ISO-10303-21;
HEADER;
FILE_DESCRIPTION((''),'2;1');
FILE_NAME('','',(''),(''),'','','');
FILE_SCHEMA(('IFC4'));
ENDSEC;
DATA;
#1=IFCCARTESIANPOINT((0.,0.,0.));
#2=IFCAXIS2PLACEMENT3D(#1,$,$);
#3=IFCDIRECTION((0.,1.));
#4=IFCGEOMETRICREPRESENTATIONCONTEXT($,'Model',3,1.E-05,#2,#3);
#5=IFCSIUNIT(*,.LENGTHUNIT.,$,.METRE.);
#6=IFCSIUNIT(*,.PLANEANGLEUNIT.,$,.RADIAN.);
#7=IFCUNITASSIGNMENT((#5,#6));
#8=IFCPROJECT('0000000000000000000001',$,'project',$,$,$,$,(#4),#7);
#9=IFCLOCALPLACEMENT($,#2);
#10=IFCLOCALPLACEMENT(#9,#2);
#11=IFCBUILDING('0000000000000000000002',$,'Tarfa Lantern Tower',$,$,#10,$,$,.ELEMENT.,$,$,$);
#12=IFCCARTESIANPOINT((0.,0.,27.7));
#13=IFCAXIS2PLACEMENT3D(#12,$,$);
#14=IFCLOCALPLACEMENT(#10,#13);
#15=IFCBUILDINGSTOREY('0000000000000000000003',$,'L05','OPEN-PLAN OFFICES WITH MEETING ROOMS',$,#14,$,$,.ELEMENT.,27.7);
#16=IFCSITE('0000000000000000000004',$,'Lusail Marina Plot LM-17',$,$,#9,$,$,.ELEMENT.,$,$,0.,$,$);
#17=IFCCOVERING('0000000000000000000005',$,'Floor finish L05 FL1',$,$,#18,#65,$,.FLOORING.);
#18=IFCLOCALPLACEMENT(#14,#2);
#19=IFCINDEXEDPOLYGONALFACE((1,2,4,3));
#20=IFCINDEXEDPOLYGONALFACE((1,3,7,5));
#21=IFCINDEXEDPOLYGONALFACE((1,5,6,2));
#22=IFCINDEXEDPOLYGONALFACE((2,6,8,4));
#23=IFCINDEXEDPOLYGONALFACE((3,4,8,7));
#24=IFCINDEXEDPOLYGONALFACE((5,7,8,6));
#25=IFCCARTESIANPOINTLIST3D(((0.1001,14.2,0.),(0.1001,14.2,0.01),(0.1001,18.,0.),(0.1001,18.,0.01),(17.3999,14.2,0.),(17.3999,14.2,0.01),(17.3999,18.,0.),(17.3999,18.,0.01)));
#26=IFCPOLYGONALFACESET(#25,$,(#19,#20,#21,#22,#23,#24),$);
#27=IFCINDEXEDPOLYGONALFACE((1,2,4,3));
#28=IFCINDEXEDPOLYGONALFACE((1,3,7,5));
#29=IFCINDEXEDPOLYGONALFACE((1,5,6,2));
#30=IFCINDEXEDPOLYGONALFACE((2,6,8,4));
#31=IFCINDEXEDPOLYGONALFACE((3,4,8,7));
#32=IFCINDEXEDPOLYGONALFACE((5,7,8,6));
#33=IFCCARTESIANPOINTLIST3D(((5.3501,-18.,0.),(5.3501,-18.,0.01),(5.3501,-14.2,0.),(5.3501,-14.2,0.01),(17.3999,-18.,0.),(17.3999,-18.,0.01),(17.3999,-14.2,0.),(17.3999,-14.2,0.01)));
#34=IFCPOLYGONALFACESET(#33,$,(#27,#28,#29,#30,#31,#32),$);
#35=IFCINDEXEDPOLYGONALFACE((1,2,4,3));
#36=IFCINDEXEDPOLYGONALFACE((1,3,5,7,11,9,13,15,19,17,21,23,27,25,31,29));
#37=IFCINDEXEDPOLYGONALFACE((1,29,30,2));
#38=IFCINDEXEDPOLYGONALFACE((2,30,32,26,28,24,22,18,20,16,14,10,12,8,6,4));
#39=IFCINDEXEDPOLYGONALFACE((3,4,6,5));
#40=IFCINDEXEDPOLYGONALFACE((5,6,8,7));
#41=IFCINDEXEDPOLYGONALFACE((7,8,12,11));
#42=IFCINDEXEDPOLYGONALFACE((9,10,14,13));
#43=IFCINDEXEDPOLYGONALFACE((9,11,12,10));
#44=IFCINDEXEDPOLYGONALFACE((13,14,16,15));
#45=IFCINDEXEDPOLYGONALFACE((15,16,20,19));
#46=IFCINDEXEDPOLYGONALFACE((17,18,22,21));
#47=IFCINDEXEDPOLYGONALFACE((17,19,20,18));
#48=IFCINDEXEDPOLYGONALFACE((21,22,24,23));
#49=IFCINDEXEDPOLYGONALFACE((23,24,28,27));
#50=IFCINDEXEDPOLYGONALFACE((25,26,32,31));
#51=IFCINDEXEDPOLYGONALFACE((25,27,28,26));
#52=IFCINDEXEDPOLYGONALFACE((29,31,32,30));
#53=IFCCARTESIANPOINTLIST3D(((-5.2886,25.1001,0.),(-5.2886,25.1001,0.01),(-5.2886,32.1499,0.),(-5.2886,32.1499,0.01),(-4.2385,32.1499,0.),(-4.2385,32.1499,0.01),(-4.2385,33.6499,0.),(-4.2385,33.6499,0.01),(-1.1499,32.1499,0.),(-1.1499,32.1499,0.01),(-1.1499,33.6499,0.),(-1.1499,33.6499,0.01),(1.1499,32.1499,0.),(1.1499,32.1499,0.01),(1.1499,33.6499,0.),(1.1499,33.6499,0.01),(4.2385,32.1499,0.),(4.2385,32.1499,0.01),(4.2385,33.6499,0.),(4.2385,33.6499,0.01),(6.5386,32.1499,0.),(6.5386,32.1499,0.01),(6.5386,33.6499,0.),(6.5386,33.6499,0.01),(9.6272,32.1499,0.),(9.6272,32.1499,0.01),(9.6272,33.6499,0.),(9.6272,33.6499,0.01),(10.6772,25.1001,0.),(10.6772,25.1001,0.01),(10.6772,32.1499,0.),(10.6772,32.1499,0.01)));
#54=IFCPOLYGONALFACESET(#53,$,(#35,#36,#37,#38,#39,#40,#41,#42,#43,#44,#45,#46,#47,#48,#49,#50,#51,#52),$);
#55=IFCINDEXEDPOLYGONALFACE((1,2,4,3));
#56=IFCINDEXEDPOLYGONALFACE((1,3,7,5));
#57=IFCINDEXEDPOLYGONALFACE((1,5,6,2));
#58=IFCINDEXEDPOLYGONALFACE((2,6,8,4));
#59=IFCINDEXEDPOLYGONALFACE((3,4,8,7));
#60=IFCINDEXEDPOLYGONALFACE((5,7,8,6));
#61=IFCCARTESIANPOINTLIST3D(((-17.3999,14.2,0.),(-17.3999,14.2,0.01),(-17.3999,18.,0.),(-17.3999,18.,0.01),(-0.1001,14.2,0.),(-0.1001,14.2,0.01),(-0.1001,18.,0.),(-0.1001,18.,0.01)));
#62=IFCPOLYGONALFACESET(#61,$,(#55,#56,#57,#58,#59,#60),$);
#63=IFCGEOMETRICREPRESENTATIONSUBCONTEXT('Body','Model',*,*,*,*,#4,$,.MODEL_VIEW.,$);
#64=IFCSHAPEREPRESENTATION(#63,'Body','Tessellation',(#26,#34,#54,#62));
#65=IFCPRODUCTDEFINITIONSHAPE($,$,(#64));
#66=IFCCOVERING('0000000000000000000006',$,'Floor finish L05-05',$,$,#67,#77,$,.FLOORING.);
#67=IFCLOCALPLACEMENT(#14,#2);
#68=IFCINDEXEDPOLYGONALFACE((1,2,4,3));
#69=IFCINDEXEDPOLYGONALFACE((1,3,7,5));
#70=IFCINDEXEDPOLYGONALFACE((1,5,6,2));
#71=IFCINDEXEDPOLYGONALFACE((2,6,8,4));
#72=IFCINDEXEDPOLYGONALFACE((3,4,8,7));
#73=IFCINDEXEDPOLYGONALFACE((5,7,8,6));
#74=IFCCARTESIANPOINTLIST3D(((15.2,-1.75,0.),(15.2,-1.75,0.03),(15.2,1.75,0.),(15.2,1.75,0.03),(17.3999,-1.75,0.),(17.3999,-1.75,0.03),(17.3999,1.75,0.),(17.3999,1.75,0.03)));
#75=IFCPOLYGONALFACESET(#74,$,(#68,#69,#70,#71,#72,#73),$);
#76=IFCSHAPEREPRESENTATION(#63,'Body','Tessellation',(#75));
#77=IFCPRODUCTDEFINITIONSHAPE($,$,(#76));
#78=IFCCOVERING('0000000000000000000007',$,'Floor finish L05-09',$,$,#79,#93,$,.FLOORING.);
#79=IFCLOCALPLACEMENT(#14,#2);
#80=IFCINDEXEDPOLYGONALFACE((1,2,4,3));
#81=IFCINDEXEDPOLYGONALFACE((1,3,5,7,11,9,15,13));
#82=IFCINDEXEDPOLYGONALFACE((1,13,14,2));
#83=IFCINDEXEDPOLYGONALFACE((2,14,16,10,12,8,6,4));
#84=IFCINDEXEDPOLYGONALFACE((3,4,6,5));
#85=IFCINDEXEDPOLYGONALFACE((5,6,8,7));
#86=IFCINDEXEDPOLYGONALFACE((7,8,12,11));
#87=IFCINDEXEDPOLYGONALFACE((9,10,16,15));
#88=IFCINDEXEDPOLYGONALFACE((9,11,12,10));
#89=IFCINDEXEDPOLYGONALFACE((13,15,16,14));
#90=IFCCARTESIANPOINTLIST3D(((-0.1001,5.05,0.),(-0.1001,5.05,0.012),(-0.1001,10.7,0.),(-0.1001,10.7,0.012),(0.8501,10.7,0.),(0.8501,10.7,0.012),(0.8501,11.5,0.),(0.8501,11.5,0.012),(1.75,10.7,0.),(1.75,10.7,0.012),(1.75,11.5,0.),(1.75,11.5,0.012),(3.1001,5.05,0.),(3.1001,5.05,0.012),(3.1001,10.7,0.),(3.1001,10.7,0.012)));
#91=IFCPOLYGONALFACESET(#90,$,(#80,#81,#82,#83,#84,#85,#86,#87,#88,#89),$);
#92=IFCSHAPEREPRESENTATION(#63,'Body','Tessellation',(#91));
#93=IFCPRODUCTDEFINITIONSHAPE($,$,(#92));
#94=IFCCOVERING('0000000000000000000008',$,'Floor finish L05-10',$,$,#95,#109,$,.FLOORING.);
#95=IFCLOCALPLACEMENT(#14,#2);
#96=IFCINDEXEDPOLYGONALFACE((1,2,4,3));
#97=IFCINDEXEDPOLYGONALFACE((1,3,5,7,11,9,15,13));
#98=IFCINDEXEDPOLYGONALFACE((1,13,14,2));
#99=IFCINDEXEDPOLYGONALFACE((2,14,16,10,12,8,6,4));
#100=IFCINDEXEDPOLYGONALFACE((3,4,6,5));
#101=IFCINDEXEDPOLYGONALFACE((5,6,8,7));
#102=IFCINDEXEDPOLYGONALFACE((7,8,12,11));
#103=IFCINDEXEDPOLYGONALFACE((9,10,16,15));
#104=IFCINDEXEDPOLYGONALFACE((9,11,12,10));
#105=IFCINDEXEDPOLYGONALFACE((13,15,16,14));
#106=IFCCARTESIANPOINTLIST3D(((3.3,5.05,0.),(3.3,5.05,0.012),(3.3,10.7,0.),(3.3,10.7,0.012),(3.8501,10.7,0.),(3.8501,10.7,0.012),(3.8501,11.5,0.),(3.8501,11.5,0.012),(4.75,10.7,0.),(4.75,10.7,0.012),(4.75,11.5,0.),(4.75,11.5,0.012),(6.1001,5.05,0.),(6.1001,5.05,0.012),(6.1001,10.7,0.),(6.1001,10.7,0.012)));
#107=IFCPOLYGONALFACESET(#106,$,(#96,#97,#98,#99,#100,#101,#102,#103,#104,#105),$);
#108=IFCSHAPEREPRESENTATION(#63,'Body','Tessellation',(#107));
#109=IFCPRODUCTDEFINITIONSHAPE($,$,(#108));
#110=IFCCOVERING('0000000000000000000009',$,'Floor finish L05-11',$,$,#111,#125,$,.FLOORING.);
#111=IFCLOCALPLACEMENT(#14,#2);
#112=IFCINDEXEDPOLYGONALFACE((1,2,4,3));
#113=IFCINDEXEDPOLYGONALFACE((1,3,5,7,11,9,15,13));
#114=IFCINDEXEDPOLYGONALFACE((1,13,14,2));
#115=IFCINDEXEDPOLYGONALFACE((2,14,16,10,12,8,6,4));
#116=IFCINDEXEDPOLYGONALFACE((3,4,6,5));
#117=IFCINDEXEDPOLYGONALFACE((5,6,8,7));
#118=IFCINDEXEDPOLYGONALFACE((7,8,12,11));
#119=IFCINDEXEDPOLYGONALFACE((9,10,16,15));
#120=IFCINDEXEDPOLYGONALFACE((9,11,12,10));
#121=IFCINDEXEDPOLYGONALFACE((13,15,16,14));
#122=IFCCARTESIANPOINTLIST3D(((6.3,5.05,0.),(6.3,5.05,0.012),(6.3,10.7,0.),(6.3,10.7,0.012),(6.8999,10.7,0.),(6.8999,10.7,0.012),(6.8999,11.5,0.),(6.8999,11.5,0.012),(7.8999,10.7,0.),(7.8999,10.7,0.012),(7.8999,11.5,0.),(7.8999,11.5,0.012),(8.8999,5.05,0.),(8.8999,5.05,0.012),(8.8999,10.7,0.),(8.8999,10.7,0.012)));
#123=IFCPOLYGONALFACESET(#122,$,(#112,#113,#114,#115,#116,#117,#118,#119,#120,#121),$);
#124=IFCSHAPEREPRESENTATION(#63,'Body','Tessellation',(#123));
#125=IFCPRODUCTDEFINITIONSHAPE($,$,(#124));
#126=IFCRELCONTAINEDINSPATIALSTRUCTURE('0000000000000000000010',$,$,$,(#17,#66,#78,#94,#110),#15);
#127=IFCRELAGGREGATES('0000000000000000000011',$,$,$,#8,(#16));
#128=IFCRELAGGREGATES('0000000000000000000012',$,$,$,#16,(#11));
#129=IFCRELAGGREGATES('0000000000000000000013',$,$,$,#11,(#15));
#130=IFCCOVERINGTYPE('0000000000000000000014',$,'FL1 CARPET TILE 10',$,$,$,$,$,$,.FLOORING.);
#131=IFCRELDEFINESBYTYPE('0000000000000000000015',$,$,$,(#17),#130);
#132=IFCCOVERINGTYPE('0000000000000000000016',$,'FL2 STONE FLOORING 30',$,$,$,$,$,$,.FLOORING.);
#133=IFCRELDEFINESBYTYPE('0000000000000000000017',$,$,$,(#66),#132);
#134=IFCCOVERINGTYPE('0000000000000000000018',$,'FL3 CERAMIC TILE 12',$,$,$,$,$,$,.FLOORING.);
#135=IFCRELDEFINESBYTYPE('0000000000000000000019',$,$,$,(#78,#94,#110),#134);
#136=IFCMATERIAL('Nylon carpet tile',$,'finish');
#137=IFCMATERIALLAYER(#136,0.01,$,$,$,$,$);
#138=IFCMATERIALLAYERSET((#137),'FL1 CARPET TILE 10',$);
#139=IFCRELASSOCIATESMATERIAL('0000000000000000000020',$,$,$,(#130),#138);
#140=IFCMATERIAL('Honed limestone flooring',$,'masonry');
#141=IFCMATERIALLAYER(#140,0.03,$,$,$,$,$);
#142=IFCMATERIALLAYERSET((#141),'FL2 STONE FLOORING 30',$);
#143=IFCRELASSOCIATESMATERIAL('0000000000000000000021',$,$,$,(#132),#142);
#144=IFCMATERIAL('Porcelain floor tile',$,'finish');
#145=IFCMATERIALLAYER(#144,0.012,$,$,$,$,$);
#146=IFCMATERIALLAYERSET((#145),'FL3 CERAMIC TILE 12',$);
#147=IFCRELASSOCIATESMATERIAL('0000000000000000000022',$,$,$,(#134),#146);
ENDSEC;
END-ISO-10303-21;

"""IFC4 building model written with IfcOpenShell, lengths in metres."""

from ifc_helpers import new_model, si_unit, direction, frame, origin, place, context, subcontext, project, spatial, polyline, outline, extrude, material, layer, layer_set, type_object, element, save


model = new_model("IFC4")

# Units and contexts
model_context = context("Model", 3, precision=1e-05, world=origin(), true_north=direction((0.0, 1.0)))
body_context = subcontext(model_context, "Body", "Model", "MODEL_VIEW")
ifc_project = project(units=[si_unit("LENGTHUNIT", "METRE"), si_unit("PLANEANGLEUNIT", "RADIAN")], contexts=[model_context])

# Site, building, storey
site_placement = place(None, origin())
site = spatial("IfcSite", under=ifc_project, at=site_placement, Name="Lusail Marina Plot LM-17", CompositionType="ELEMENT", RefElevation=0.0)
building_placement = place(site_placement, origin())
building = spatial("IfcBuilding", under=site, at=building_placement, Name="Tarfa Lantern Tower", CompositionType="ELEMENT")
storey_placement = place(building_placement, frame((0.0, 0.0, 27.7)))
storey = spatial("IfcBuildingStorey", under=building, at=storey_placement, Name="L05", Description="OPEN-PLAN OFFICES WITH MEETING ROOMS", CompositionType="ELEMENT", Elevation=27.7)

# Coverings
ifc_material_1 = material(Name="Nylon carpet tile", Category="finish")
ifc_layer_1 = layer(ifc_material_1, 0.01)
ifc_layer_set_1 = layer_set([ifc_layer_1], Name="FL1 CARPET TILE 10")
covering_type_1 = type_object("IfcCoveringType", Name="FL1 CARPET TILE 10", PredefinedType="FLOORING", material=ifc_layer_set_1)
covering_1_placement = place(storey_placement, origin())
element("IfcCovering", 1, at=covering_1_placement, inside=storey, type_object=covering_type_1, Name="Floor finish L05 FL1", PredefinedType="FLOORING", context=body_context, shape_type="SweptSolid", body=[
    extrude(outline(polyline([(0.1001, 18.0), (17.3999, 18.0), (17.3999, 14.2), (0.1001, 14.2), (0.1001, 18.0)])), origin(), (0.0, 0.0, 1.0), 0.01),
    extrude(outline(polyline([(5.3501, -14.2), (17.3999, -14.2), (17.3999, -18.0), (5.3501, -18.0), (5.3501, -14.2)])), origin(), (0.0, 0.0, 1.0), 0.01),
    extrude(outline(polyline([(10.6772, 25.1001), (-5.2886, 25.1001), (-5.2886, 32.1499), (-4.2385, 32.1499), (-4.2385, 33.6499), (-1.1499, 33.6499), (-1.1499, 32.1499), (1.1499, 32.1499), (1.1499, 33.6499), (4.2385, 33.6499), (4.2385, 32.1499), (6.5386, 32.1499), (6.5386, 33.6499), (9.6272, 33.6499), (9.6272, 32.1499), (10.6772, 32.1499), (10.6772, 25.1001)])), origin(), (0.0, 0.0, 1.0), 0.01),
    extrude(outline(polyline([(-17.3999, 18.0), (-0.1001, 18.0), (-0.1001, 14.2), (-17.3999, 14.2), (-17.3999, 18.0)])), origin(), (0.0, 0.0, 1.0), 0.01),
])
ifc_material_2 = material(Name="Honed limestone flooring", Category="masonry")
ifc_layer_2 = layer(ifc_material_2, 0.03)
ifc_layer_set_2 = layer_set([ifc_layer_2], Name="FL2 STONE FLOORING 30")
covering_type_2 = type_object("IfcCoveringType", Name="FL2 STONE FLOORING 30", PredefinedType="FLOORING", material=ifc_layer_set_2)
covering_2_placement = place(storey_placement, origin())
element("IfcCovering", 2, at=covering_2_placement, inside=storey, type_object=covering_type_2, Name="Floor finish L05-05", PredefinedType="FLOORING", context=body_context, shape_type="SweptSolid", body=[
    extrude(outline(polyline([(15.2, -1.75), (17.3999, -1.75), (17.3999, 1.75), (15.2, 1.75), (15.2, -1.75)])), origin(), (0.0, 0.0, 1.0), 0.03),
])
ifc_material_3 = material(Name="Porcelain floor tile", Category="finish")
ifc_layer_3 = layer(ifc_material_3, 0.012)
ifc_layer_set_3 = layer_set([ifc_layer_3], Name="FL3 CERAMIC TILE 12")
covering_type_3 = type_object("IfcCoveringType", Name="FL3 CERAMIC TILE 12", PredefinedType="FLOORING", material=ifc_layer_set_3)
covering_3_placement = place(storey_placement, origin())
element("IfcCovering", 3, at=covering_3_placement, inside=storey, type_object=covering_type_3, Name="Floor finish L05-09", PredefinedType="FLOORING", context=body_context, shape_type="SweptSolid", body=[
    extrude(outline(polyline([(0.8501, 10.7), (-0.1001, 10.7), (-0.1001, 5.05), (3.1001, 5.05), (3.1001, 10.7), (1.75, 10.7), (1.75, 11.5), (0.8501, 11.5), (0.8501, 10.7)])), origin(), (0.0, 0.0, 1.0), 0.012),
])
covering_4_placement = place(storey_placement, origin())
element("IfcCovering", 4, at=covering_4_placement, inside=storey, type_object=covering_type_3, Name="Floor finish L05-10", PredefinedType="FLOORING", context=body_context, shape_type="SweptSolid", body=[
    extrude(outline(polyline([(3.3, 5.05), (6.1001, 5.05), (6.1001, 10.7), (4.75, 10.7), (4.75, 11.5), (3.8501, 11.5), (3.8501, 10.7), (3.3, 10.7), (3.3, 5.05)])), origin(), (0.0, 0.0, 1.0), 0.012),
])
covering_5_placement = place(storey_placement, origin())
element("IfcCovering", 5, at=covering_5_placement, inside=storey, type_object=covering_type_3, Name="Floor finish L05-11", PredefinedType="FLOORING", context=body_context, shape_type="SweptSolid", body=[
    extrude(outline(polyline([(6.3, 5.05), (8.8999, 5.05), (8.8999, 10.7), (7.8999, 10.7), (7.8999, 11.5), (6.8999, 11.5), (6.8999, 10.7), (6.3, 10.7), (6.3, 5.05)])), origin(), (0.0, 0.0, 1.0), 0.012),
])

save(model, "model.ifc")
